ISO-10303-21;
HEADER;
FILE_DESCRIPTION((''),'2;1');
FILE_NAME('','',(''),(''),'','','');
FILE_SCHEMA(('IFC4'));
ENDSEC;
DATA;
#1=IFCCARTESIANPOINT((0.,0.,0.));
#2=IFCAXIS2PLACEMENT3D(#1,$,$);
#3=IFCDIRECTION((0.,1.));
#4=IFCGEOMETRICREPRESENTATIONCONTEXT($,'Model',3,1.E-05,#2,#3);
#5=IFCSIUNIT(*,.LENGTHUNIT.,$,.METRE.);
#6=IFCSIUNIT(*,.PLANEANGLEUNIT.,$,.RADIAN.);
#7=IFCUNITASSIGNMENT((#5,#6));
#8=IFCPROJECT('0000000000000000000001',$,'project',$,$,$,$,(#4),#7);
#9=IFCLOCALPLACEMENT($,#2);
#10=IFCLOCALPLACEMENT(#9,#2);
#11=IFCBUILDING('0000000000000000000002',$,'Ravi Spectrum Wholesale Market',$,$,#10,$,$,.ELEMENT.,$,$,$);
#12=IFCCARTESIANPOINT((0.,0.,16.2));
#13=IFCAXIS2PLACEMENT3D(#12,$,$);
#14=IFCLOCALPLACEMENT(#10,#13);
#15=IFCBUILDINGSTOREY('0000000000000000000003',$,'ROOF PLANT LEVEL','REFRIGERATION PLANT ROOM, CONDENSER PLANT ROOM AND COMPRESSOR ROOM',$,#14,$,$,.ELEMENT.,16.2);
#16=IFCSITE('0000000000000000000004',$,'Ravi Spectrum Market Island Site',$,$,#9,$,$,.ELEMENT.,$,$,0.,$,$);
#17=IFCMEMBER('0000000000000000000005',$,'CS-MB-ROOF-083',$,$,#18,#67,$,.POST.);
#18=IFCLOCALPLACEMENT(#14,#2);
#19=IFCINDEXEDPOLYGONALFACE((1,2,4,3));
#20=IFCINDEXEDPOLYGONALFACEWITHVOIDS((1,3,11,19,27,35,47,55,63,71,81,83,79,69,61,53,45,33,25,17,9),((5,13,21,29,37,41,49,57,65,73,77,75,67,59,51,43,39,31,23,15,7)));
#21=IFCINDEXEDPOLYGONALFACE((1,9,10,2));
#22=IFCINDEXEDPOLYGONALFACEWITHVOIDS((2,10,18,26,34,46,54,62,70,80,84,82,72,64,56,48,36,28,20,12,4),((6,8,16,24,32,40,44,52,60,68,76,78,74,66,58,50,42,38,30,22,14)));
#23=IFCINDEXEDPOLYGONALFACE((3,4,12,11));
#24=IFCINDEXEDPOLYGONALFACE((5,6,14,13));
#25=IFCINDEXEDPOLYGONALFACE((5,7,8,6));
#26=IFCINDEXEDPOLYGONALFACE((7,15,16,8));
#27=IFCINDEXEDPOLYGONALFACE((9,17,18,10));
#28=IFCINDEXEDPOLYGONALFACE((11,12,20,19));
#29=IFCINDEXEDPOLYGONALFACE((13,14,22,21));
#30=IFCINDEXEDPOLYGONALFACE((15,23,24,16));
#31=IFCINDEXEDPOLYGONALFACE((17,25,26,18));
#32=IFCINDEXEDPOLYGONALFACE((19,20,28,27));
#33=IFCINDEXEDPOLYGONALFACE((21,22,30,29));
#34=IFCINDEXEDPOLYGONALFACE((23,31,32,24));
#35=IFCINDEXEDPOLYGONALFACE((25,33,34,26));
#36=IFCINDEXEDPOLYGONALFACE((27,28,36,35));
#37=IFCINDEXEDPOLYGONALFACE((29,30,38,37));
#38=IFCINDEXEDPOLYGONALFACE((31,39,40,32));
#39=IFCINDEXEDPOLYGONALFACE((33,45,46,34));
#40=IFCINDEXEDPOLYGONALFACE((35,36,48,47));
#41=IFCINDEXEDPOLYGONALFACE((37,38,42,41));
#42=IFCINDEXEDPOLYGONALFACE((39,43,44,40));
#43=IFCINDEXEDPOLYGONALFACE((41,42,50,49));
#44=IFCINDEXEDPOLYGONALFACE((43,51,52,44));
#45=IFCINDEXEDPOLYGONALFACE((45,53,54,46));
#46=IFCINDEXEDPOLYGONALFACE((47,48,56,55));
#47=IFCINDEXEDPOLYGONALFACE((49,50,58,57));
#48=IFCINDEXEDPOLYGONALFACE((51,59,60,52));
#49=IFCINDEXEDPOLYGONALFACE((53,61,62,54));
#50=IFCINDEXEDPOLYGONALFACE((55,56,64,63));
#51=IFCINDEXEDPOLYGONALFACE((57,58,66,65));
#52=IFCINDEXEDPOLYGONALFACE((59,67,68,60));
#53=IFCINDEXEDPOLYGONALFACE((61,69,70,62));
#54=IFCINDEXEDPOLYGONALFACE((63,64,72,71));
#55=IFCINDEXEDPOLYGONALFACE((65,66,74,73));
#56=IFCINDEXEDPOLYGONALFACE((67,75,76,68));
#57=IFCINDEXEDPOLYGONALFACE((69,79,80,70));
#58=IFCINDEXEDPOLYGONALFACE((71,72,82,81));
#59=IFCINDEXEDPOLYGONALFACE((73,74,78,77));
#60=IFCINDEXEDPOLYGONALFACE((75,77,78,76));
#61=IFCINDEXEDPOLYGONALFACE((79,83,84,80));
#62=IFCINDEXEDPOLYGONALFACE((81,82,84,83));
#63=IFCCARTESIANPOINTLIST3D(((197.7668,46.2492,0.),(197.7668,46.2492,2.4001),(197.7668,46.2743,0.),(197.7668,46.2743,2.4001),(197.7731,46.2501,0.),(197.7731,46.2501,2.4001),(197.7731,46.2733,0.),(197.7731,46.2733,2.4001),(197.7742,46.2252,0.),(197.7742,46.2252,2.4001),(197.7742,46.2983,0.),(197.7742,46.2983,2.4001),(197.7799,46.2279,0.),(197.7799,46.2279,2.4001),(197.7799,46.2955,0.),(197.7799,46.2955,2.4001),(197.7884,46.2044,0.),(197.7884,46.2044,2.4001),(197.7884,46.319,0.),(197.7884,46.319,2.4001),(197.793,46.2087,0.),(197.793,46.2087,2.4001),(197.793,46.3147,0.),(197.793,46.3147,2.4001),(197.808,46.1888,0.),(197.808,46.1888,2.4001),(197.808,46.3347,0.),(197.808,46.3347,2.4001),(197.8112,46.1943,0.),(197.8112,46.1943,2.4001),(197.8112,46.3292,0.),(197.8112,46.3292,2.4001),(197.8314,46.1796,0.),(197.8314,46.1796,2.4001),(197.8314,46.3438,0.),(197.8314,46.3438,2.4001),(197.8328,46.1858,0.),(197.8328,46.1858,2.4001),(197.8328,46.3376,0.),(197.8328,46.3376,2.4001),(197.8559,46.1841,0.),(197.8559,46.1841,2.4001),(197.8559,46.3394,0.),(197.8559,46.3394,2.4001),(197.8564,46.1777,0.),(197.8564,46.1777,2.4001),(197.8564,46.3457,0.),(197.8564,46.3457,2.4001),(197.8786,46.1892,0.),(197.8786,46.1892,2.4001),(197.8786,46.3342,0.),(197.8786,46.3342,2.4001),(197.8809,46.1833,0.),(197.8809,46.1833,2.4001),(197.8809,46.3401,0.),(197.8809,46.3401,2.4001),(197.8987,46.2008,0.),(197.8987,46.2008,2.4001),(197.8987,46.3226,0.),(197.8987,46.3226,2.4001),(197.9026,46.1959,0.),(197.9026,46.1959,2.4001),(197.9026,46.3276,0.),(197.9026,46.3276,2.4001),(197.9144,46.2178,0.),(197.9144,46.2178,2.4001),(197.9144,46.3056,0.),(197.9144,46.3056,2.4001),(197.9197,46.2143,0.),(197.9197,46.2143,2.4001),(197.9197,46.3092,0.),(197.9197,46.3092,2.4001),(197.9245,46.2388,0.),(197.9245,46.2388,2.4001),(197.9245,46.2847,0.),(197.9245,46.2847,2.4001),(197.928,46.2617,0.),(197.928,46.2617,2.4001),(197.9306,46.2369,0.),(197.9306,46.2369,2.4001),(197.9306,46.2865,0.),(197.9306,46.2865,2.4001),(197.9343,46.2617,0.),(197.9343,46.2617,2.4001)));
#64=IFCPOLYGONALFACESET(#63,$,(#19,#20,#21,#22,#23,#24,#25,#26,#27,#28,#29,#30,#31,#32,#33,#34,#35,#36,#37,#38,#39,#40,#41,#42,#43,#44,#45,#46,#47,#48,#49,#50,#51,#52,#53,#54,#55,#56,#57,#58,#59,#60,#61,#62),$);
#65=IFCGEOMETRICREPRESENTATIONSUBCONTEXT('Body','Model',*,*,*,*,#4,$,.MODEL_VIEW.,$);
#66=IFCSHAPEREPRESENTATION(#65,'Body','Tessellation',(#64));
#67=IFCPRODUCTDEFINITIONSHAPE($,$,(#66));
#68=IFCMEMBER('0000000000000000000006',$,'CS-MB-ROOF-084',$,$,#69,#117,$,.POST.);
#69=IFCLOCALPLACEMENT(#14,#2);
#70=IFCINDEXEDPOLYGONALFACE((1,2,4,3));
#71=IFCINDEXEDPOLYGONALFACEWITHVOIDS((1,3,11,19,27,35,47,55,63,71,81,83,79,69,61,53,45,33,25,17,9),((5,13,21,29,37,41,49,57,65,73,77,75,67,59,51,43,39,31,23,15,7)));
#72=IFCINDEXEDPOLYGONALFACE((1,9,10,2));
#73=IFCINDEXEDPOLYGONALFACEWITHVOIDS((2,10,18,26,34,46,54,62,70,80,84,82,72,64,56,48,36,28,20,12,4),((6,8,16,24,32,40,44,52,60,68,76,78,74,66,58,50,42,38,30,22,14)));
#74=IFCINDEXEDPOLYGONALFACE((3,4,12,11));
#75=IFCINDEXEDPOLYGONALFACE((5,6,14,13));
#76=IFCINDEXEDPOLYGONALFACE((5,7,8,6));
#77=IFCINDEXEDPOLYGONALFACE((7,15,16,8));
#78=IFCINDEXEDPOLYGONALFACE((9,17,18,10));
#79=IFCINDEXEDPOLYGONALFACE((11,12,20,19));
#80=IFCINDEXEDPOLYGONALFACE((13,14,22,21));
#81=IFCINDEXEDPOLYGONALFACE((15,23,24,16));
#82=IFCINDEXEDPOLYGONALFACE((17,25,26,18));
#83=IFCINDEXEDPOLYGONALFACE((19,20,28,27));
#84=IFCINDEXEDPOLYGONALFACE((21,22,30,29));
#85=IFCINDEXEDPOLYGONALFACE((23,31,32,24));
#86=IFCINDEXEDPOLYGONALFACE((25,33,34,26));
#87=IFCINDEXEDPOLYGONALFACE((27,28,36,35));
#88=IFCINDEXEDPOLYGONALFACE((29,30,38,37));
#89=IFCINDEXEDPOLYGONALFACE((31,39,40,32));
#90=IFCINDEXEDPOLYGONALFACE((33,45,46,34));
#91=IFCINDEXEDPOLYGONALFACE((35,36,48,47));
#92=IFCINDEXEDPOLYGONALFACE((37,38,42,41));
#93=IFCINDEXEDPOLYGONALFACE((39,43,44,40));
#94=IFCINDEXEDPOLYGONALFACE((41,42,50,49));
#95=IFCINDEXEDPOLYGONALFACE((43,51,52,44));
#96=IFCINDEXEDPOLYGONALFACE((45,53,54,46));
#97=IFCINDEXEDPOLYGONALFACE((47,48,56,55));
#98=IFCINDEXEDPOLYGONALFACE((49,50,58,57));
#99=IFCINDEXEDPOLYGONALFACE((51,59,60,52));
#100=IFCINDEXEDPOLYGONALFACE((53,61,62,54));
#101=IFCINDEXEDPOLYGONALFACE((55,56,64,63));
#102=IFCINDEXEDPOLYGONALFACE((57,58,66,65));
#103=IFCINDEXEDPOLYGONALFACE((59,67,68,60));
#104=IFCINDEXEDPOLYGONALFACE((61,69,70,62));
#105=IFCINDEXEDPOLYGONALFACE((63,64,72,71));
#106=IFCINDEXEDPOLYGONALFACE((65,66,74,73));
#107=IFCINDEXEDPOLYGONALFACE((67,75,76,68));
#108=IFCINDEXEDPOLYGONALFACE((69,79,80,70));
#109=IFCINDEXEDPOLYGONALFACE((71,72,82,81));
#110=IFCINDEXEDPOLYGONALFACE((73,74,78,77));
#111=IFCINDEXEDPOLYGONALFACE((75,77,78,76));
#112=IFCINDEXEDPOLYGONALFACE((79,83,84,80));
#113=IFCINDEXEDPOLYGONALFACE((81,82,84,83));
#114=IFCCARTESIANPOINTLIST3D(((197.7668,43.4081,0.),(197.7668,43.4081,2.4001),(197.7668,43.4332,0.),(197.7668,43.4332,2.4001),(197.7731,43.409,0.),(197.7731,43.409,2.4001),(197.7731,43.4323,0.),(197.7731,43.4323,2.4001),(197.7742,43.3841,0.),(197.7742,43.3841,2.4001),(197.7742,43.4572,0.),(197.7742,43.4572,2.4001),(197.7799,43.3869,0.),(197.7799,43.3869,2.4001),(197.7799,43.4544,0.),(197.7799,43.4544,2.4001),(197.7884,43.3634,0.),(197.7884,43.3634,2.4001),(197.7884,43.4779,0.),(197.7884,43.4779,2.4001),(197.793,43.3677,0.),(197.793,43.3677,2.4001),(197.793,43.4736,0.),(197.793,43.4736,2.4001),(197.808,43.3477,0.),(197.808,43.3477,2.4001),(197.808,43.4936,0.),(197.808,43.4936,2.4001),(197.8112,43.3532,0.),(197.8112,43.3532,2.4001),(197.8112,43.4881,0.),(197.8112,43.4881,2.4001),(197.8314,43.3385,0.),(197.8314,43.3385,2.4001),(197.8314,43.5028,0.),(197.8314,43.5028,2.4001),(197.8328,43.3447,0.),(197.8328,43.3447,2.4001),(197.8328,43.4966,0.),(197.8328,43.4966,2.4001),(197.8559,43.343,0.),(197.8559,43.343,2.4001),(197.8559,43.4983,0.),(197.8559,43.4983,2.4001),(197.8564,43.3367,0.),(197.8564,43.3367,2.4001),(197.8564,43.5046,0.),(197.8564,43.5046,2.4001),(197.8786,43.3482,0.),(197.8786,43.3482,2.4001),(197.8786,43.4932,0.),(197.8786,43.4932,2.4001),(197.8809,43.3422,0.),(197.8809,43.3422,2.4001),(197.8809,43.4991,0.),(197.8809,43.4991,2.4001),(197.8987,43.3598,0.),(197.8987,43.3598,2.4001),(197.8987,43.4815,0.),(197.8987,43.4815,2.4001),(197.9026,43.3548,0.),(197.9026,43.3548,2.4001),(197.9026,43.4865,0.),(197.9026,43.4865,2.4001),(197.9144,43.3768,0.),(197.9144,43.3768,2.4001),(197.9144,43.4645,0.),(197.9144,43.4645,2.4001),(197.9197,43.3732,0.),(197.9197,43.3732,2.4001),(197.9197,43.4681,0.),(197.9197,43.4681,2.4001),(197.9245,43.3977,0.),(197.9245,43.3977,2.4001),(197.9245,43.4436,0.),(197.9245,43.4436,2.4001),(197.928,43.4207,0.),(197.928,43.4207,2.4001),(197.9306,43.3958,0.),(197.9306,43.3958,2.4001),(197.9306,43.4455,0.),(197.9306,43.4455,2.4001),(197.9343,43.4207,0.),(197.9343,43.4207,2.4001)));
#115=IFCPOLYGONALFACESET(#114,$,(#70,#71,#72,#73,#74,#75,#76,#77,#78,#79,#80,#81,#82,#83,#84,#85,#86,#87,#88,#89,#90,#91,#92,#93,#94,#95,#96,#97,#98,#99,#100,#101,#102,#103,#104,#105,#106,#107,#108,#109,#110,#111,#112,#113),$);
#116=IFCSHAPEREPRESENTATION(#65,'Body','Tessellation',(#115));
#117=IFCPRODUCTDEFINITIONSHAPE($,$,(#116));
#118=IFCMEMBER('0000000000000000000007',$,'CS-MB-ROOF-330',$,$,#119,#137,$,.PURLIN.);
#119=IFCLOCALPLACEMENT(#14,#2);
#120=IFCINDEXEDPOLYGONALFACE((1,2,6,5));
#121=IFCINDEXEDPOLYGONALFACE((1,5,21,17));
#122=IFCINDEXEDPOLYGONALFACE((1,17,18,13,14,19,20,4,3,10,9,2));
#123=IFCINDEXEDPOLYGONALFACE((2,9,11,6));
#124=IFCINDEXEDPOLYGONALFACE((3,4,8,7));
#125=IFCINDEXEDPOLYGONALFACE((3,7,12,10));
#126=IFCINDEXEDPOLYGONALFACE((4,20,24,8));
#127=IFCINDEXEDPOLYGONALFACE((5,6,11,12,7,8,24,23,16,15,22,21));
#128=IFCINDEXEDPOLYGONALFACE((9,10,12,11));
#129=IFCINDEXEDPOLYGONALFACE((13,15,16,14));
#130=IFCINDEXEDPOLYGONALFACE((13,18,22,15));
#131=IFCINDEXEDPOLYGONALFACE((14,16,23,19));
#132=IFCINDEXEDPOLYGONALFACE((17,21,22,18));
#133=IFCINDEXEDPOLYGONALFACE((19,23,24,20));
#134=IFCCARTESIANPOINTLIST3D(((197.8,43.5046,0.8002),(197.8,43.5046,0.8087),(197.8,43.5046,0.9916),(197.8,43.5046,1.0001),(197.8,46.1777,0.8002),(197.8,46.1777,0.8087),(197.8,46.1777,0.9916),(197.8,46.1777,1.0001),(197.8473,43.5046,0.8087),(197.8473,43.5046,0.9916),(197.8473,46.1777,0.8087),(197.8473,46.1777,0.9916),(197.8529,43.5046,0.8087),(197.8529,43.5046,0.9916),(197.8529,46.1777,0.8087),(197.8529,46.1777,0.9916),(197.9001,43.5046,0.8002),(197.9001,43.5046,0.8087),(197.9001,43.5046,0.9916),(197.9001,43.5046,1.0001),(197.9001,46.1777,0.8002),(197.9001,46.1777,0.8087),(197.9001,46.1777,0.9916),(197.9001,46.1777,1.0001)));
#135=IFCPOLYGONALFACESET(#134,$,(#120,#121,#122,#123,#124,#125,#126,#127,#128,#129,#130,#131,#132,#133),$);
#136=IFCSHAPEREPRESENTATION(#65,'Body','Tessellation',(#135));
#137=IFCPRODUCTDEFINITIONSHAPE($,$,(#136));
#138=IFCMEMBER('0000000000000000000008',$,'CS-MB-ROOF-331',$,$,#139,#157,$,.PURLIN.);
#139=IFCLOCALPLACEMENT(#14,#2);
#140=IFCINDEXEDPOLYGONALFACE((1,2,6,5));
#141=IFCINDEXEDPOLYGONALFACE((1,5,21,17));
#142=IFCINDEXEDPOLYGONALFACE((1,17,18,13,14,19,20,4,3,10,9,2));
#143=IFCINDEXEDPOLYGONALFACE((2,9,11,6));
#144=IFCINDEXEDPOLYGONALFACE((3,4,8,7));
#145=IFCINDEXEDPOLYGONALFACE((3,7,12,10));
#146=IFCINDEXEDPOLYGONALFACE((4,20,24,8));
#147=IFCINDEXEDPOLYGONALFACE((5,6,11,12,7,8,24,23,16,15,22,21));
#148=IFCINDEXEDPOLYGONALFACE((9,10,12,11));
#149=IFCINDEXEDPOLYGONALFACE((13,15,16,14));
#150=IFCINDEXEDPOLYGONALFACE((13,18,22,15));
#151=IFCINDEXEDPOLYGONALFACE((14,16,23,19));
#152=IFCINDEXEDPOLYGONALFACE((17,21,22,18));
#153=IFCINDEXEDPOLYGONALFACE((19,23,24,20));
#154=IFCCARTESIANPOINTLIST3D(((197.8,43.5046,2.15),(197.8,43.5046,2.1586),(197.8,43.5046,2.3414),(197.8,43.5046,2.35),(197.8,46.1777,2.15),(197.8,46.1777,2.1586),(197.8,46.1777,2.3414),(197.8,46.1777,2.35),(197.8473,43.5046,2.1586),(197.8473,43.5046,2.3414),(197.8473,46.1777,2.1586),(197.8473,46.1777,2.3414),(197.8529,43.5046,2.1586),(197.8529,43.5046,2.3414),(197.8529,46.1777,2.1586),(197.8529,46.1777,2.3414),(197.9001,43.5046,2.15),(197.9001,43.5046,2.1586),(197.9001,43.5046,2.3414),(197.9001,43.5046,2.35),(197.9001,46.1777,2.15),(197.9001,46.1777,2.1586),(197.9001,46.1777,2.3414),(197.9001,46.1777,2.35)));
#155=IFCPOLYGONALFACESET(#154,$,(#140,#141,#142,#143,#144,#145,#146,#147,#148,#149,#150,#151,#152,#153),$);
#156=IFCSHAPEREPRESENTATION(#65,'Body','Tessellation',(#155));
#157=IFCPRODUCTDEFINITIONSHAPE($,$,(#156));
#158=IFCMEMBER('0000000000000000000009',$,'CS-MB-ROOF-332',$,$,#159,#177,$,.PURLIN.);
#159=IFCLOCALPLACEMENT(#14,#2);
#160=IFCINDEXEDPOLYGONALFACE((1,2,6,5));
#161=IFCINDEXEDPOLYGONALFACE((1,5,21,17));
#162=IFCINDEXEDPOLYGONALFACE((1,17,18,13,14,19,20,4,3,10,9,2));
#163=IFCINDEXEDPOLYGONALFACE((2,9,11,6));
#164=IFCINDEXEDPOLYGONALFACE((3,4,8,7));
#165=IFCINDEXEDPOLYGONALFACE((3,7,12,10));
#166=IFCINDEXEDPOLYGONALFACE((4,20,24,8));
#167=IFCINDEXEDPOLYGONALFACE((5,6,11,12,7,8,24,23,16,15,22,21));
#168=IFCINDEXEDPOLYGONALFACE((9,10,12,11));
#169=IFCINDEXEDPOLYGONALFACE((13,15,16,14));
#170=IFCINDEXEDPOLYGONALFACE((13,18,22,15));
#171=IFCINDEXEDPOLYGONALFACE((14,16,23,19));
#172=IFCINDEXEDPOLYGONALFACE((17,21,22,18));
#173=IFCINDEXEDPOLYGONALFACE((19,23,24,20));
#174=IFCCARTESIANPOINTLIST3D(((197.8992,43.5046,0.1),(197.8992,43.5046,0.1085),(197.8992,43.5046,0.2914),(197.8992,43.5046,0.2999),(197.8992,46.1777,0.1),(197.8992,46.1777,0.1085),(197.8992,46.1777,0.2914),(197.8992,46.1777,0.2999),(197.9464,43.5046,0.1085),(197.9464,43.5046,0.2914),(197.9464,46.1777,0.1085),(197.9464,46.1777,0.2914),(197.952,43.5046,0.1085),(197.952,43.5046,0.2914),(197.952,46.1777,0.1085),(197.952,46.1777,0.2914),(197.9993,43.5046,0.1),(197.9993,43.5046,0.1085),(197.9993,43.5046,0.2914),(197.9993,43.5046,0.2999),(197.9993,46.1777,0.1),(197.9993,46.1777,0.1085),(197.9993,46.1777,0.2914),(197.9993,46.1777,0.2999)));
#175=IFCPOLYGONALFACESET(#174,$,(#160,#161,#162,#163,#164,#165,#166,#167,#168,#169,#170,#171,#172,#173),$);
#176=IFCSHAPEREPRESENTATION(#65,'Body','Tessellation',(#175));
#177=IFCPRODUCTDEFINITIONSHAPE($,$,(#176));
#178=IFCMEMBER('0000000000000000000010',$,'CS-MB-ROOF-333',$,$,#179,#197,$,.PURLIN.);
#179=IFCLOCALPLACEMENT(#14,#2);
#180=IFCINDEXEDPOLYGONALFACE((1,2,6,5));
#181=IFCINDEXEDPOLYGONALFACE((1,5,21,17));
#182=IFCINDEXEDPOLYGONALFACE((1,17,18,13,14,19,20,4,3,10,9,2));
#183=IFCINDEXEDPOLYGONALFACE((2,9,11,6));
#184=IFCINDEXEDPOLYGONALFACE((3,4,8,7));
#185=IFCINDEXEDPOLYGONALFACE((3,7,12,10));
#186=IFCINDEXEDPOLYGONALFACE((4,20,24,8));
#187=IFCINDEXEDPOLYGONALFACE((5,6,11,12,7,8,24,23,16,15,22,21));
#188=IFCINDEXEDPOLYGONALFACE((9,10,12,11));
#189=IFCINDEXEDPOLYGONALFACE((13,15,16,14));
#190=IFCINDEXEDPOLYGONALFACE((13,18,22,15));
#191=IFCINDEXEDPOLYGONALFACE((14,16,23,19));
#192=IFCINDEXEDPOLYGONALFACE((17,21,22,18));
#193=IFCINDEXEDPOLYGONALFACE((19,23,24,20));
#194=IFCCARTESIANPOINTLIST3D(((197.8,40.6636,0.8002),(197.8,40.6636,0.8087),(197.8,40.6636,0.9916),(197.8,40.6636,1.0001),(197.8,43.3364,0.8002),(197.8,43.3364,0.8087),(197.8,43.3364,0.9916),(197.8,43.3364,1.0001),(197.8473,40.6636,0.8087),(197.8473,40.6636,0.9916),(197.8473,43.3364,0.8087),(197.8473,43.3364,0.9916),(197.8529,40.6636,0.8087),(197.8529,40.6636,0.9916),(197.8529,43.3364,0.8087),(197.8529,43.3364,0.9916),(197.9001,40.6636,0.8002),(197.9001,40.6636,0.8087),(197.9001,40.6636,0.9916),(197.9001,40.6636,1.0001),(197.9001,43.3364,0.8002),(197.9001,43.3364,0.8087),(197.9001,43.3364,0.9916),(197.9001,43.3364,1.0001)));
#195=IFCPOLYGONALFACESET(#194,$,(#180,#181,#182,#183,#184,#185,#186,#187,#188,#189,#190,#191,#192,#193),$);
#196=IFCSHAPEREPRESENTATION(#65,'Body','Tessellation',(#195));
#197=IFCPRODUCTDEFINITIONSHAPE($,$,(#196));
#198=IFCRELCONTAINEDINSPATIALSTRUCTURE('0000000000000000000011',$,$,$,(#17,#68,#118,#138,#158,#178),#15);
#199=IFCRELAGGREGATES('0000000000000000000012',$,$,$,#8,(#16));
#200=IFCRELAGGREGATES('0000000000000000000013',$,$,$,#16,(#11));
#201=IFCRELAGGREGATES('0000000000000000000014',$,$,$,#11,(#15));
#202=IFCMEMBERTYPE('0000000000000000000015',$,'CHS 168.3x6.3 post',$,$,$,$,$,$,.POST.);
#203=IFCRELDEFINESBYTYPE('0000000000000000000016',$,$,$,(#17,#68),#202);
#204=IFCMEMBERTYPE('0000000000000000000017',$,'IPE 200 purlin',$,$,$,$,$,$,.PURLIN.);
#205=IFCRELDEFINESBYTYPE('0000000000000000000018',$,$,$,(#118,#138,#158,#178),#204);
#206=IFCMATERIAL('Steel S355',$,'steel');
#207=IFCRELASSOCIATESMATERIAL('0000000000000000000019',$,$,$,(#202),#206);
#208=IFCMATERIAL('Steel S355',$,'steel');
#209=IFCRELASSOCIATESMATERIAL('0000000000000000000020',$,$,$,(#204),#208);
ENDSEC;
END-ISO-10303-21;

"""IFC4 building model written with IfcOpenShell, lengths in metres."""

from ifc_helpers import new_model, si_unit, direction, frame, origin, origin_2d, place, context, subcontext, project, spatial, hollow_circle, i_section, extrude, material, material_profile, profile_set, type_object, element, save


model = new_model("IFC4")

# Units and contexts
model_context = context("Model", 3, precision=1e-05, world=origin(), true_north=direction((0.0, 1.0)))
body_context = subcontext(model_context, "Body", "Model", "MODEL_VIEW")
ifc_project = project(units=[si_unit("LENGTHUNIT", "METRE"), si_unit("PLANEANGLEUNIT", "RADIAN")], contexts=[model_context])

# Site, building, storey
site_placement = place(None, origin())
site = spatial("IfcSite", under=ifc_project, at=site_placement, Name="Ravi Spectrum Market Island Site", CompositionType="ELEMENT", RefElevation=0.0)
building_placement = place(site_placement, origin())
building = spatial("IfcBuilding", under=site, at=building_placement, Name="Ravi Spectrum Wholesale Market", CompositionType="ELEMENT")
storey_placement = place(building_placement, frame((0.0, 0.0, 16.2)))
storey = spatial("IfcBuildingStorey", under=building, at=storey_placement, Name="ROOF PLANT LEVEL", Description="REFRIGERATION PLANT ROOM, CONDENSER PLANT ROOM AND COMPRESSOR ROOM", CompositionType="ELEMENT", Elevation=16.2)

# Members
ifc_material_1 = material(Name="Steel S355", Category="steel")
ifc_material_profile_1 = material_profile(ifc_material_1, hollow_circle(Radius=0.0842, WallThickness=0.0063, at=origin_2d()))
ifc_profile_set_1 = profile_set([ifc_material_profile_1], Name="Steel S355")
member_type_1 = type_object("IfcMemberType", Name="CHS 168.3x6.3 post", PredefinedType="POST", material=ifc_profile_set_1)
for number, where, z_axis, x_axis, name in (
    (1, (197.8501, 46.2617, 0.0), (0.0, 0.0, 1.0), (1.0, 0.0, 0.0), "CS-MB-ROOF-083"),
    (2, (197.8501, 43.4207, 0.0), (0.0, 0.0, 1.0), (1.0, 0.0, 0.0), "CS-MB-ROOF-084"),
):
    element("IfcMember", number, at=place(storey_placement, frame(where, z_axis=z_axis, x_axis=x_axis)), inside=storey, type_object=member_type_1, Name=name, PredefinedType="POST", context=body_context, shape_type="SweptSolid", body=[
        extrude(hollow_circle(Radius=0.0842, WallThickness=0.0063, at=origin_2d()), origin(), (0.0, 0.0, 1.0), 2.4001),
    ])
ifc_material_2 = material(Name="Steel S355", Category="steel")
ifc_material_profile_2 = material_profile(ifc_material_2, i_section(OverallWidth=0.1001, OverallDepth=0.2, WebThickness=0.0056, FlangeThickness=0.0085, at=origin_2d()))
ifc_profile_set_2 = profile_set([ifc_material_profile_2], Name="Steel S355")
member_type_2 = type_object("IfcMemberType", Name="IPE 200 purlin", PredefinedType="PURLIN", material=ifc_profile_set_2)
for number, where, z_axis, x_axis, name in (
    (3, (197.8501, 46.1777, 0.9001), (0.0, -1.0, 0.0), (1.0, 0.0, 0.0), "CS-MB-ROOF-330"),
    (4, (197.8501, 46.1777, 2.25), (0.0, -1.0, 0.0), (1.0, 0.0, 0.0), "CS-MB-ROOF-331"),
    (5, (197.9492, 46.1777, 0.2), (0.0, -1.0, 0.0), (1.0, 0.0, 0.0), "CS-MB-ROOF-332"),
):
    element("IfcMember", number, at=place(storey_placement, frame(where, z_axis=z_axis, x_axis=x_axis)), inside=storey, type_object=member_type_2, Name=name, PredefinedType="PURLIN", context=body_context, shape_type="SweptSolid", body=[
        extrude(i_section(OverallWidth=0.1001, OverallDepth=0.2, WebThickness=0.0056, FlangeThickness=0.0085, at=origin_2d()), origin(), (0.0, 0.0, 1.0), 2.6731),
    ])
for number, where, z_axis, x_axis, name in (
    (6, (197.8501, 43.3364, 0.9001), (0.0, -1.0, 0.0), (1.0, 0.0, 0.0), "CS-MB-ROOF-333"),
):
    element("IfcMember", number, at=place(storey_placement, frame(where, z_axis=z_axis, x_axis=x_axis)), inside=storey, type_object=member_type_2, Name=name, PredefinedType="PURLIN", context=body_context, shape_type="SweptSolid", body=[
        extrude(i_section(OverallWidth=0.1001, OverallDepth=0.2, WebThickness=0.0056, FlangeThickness=0.0085, at=origin_2d()), origin(), (0.0, 0.0, 1.0), 2.6729),
    ])

save(model, "model.ifc")
